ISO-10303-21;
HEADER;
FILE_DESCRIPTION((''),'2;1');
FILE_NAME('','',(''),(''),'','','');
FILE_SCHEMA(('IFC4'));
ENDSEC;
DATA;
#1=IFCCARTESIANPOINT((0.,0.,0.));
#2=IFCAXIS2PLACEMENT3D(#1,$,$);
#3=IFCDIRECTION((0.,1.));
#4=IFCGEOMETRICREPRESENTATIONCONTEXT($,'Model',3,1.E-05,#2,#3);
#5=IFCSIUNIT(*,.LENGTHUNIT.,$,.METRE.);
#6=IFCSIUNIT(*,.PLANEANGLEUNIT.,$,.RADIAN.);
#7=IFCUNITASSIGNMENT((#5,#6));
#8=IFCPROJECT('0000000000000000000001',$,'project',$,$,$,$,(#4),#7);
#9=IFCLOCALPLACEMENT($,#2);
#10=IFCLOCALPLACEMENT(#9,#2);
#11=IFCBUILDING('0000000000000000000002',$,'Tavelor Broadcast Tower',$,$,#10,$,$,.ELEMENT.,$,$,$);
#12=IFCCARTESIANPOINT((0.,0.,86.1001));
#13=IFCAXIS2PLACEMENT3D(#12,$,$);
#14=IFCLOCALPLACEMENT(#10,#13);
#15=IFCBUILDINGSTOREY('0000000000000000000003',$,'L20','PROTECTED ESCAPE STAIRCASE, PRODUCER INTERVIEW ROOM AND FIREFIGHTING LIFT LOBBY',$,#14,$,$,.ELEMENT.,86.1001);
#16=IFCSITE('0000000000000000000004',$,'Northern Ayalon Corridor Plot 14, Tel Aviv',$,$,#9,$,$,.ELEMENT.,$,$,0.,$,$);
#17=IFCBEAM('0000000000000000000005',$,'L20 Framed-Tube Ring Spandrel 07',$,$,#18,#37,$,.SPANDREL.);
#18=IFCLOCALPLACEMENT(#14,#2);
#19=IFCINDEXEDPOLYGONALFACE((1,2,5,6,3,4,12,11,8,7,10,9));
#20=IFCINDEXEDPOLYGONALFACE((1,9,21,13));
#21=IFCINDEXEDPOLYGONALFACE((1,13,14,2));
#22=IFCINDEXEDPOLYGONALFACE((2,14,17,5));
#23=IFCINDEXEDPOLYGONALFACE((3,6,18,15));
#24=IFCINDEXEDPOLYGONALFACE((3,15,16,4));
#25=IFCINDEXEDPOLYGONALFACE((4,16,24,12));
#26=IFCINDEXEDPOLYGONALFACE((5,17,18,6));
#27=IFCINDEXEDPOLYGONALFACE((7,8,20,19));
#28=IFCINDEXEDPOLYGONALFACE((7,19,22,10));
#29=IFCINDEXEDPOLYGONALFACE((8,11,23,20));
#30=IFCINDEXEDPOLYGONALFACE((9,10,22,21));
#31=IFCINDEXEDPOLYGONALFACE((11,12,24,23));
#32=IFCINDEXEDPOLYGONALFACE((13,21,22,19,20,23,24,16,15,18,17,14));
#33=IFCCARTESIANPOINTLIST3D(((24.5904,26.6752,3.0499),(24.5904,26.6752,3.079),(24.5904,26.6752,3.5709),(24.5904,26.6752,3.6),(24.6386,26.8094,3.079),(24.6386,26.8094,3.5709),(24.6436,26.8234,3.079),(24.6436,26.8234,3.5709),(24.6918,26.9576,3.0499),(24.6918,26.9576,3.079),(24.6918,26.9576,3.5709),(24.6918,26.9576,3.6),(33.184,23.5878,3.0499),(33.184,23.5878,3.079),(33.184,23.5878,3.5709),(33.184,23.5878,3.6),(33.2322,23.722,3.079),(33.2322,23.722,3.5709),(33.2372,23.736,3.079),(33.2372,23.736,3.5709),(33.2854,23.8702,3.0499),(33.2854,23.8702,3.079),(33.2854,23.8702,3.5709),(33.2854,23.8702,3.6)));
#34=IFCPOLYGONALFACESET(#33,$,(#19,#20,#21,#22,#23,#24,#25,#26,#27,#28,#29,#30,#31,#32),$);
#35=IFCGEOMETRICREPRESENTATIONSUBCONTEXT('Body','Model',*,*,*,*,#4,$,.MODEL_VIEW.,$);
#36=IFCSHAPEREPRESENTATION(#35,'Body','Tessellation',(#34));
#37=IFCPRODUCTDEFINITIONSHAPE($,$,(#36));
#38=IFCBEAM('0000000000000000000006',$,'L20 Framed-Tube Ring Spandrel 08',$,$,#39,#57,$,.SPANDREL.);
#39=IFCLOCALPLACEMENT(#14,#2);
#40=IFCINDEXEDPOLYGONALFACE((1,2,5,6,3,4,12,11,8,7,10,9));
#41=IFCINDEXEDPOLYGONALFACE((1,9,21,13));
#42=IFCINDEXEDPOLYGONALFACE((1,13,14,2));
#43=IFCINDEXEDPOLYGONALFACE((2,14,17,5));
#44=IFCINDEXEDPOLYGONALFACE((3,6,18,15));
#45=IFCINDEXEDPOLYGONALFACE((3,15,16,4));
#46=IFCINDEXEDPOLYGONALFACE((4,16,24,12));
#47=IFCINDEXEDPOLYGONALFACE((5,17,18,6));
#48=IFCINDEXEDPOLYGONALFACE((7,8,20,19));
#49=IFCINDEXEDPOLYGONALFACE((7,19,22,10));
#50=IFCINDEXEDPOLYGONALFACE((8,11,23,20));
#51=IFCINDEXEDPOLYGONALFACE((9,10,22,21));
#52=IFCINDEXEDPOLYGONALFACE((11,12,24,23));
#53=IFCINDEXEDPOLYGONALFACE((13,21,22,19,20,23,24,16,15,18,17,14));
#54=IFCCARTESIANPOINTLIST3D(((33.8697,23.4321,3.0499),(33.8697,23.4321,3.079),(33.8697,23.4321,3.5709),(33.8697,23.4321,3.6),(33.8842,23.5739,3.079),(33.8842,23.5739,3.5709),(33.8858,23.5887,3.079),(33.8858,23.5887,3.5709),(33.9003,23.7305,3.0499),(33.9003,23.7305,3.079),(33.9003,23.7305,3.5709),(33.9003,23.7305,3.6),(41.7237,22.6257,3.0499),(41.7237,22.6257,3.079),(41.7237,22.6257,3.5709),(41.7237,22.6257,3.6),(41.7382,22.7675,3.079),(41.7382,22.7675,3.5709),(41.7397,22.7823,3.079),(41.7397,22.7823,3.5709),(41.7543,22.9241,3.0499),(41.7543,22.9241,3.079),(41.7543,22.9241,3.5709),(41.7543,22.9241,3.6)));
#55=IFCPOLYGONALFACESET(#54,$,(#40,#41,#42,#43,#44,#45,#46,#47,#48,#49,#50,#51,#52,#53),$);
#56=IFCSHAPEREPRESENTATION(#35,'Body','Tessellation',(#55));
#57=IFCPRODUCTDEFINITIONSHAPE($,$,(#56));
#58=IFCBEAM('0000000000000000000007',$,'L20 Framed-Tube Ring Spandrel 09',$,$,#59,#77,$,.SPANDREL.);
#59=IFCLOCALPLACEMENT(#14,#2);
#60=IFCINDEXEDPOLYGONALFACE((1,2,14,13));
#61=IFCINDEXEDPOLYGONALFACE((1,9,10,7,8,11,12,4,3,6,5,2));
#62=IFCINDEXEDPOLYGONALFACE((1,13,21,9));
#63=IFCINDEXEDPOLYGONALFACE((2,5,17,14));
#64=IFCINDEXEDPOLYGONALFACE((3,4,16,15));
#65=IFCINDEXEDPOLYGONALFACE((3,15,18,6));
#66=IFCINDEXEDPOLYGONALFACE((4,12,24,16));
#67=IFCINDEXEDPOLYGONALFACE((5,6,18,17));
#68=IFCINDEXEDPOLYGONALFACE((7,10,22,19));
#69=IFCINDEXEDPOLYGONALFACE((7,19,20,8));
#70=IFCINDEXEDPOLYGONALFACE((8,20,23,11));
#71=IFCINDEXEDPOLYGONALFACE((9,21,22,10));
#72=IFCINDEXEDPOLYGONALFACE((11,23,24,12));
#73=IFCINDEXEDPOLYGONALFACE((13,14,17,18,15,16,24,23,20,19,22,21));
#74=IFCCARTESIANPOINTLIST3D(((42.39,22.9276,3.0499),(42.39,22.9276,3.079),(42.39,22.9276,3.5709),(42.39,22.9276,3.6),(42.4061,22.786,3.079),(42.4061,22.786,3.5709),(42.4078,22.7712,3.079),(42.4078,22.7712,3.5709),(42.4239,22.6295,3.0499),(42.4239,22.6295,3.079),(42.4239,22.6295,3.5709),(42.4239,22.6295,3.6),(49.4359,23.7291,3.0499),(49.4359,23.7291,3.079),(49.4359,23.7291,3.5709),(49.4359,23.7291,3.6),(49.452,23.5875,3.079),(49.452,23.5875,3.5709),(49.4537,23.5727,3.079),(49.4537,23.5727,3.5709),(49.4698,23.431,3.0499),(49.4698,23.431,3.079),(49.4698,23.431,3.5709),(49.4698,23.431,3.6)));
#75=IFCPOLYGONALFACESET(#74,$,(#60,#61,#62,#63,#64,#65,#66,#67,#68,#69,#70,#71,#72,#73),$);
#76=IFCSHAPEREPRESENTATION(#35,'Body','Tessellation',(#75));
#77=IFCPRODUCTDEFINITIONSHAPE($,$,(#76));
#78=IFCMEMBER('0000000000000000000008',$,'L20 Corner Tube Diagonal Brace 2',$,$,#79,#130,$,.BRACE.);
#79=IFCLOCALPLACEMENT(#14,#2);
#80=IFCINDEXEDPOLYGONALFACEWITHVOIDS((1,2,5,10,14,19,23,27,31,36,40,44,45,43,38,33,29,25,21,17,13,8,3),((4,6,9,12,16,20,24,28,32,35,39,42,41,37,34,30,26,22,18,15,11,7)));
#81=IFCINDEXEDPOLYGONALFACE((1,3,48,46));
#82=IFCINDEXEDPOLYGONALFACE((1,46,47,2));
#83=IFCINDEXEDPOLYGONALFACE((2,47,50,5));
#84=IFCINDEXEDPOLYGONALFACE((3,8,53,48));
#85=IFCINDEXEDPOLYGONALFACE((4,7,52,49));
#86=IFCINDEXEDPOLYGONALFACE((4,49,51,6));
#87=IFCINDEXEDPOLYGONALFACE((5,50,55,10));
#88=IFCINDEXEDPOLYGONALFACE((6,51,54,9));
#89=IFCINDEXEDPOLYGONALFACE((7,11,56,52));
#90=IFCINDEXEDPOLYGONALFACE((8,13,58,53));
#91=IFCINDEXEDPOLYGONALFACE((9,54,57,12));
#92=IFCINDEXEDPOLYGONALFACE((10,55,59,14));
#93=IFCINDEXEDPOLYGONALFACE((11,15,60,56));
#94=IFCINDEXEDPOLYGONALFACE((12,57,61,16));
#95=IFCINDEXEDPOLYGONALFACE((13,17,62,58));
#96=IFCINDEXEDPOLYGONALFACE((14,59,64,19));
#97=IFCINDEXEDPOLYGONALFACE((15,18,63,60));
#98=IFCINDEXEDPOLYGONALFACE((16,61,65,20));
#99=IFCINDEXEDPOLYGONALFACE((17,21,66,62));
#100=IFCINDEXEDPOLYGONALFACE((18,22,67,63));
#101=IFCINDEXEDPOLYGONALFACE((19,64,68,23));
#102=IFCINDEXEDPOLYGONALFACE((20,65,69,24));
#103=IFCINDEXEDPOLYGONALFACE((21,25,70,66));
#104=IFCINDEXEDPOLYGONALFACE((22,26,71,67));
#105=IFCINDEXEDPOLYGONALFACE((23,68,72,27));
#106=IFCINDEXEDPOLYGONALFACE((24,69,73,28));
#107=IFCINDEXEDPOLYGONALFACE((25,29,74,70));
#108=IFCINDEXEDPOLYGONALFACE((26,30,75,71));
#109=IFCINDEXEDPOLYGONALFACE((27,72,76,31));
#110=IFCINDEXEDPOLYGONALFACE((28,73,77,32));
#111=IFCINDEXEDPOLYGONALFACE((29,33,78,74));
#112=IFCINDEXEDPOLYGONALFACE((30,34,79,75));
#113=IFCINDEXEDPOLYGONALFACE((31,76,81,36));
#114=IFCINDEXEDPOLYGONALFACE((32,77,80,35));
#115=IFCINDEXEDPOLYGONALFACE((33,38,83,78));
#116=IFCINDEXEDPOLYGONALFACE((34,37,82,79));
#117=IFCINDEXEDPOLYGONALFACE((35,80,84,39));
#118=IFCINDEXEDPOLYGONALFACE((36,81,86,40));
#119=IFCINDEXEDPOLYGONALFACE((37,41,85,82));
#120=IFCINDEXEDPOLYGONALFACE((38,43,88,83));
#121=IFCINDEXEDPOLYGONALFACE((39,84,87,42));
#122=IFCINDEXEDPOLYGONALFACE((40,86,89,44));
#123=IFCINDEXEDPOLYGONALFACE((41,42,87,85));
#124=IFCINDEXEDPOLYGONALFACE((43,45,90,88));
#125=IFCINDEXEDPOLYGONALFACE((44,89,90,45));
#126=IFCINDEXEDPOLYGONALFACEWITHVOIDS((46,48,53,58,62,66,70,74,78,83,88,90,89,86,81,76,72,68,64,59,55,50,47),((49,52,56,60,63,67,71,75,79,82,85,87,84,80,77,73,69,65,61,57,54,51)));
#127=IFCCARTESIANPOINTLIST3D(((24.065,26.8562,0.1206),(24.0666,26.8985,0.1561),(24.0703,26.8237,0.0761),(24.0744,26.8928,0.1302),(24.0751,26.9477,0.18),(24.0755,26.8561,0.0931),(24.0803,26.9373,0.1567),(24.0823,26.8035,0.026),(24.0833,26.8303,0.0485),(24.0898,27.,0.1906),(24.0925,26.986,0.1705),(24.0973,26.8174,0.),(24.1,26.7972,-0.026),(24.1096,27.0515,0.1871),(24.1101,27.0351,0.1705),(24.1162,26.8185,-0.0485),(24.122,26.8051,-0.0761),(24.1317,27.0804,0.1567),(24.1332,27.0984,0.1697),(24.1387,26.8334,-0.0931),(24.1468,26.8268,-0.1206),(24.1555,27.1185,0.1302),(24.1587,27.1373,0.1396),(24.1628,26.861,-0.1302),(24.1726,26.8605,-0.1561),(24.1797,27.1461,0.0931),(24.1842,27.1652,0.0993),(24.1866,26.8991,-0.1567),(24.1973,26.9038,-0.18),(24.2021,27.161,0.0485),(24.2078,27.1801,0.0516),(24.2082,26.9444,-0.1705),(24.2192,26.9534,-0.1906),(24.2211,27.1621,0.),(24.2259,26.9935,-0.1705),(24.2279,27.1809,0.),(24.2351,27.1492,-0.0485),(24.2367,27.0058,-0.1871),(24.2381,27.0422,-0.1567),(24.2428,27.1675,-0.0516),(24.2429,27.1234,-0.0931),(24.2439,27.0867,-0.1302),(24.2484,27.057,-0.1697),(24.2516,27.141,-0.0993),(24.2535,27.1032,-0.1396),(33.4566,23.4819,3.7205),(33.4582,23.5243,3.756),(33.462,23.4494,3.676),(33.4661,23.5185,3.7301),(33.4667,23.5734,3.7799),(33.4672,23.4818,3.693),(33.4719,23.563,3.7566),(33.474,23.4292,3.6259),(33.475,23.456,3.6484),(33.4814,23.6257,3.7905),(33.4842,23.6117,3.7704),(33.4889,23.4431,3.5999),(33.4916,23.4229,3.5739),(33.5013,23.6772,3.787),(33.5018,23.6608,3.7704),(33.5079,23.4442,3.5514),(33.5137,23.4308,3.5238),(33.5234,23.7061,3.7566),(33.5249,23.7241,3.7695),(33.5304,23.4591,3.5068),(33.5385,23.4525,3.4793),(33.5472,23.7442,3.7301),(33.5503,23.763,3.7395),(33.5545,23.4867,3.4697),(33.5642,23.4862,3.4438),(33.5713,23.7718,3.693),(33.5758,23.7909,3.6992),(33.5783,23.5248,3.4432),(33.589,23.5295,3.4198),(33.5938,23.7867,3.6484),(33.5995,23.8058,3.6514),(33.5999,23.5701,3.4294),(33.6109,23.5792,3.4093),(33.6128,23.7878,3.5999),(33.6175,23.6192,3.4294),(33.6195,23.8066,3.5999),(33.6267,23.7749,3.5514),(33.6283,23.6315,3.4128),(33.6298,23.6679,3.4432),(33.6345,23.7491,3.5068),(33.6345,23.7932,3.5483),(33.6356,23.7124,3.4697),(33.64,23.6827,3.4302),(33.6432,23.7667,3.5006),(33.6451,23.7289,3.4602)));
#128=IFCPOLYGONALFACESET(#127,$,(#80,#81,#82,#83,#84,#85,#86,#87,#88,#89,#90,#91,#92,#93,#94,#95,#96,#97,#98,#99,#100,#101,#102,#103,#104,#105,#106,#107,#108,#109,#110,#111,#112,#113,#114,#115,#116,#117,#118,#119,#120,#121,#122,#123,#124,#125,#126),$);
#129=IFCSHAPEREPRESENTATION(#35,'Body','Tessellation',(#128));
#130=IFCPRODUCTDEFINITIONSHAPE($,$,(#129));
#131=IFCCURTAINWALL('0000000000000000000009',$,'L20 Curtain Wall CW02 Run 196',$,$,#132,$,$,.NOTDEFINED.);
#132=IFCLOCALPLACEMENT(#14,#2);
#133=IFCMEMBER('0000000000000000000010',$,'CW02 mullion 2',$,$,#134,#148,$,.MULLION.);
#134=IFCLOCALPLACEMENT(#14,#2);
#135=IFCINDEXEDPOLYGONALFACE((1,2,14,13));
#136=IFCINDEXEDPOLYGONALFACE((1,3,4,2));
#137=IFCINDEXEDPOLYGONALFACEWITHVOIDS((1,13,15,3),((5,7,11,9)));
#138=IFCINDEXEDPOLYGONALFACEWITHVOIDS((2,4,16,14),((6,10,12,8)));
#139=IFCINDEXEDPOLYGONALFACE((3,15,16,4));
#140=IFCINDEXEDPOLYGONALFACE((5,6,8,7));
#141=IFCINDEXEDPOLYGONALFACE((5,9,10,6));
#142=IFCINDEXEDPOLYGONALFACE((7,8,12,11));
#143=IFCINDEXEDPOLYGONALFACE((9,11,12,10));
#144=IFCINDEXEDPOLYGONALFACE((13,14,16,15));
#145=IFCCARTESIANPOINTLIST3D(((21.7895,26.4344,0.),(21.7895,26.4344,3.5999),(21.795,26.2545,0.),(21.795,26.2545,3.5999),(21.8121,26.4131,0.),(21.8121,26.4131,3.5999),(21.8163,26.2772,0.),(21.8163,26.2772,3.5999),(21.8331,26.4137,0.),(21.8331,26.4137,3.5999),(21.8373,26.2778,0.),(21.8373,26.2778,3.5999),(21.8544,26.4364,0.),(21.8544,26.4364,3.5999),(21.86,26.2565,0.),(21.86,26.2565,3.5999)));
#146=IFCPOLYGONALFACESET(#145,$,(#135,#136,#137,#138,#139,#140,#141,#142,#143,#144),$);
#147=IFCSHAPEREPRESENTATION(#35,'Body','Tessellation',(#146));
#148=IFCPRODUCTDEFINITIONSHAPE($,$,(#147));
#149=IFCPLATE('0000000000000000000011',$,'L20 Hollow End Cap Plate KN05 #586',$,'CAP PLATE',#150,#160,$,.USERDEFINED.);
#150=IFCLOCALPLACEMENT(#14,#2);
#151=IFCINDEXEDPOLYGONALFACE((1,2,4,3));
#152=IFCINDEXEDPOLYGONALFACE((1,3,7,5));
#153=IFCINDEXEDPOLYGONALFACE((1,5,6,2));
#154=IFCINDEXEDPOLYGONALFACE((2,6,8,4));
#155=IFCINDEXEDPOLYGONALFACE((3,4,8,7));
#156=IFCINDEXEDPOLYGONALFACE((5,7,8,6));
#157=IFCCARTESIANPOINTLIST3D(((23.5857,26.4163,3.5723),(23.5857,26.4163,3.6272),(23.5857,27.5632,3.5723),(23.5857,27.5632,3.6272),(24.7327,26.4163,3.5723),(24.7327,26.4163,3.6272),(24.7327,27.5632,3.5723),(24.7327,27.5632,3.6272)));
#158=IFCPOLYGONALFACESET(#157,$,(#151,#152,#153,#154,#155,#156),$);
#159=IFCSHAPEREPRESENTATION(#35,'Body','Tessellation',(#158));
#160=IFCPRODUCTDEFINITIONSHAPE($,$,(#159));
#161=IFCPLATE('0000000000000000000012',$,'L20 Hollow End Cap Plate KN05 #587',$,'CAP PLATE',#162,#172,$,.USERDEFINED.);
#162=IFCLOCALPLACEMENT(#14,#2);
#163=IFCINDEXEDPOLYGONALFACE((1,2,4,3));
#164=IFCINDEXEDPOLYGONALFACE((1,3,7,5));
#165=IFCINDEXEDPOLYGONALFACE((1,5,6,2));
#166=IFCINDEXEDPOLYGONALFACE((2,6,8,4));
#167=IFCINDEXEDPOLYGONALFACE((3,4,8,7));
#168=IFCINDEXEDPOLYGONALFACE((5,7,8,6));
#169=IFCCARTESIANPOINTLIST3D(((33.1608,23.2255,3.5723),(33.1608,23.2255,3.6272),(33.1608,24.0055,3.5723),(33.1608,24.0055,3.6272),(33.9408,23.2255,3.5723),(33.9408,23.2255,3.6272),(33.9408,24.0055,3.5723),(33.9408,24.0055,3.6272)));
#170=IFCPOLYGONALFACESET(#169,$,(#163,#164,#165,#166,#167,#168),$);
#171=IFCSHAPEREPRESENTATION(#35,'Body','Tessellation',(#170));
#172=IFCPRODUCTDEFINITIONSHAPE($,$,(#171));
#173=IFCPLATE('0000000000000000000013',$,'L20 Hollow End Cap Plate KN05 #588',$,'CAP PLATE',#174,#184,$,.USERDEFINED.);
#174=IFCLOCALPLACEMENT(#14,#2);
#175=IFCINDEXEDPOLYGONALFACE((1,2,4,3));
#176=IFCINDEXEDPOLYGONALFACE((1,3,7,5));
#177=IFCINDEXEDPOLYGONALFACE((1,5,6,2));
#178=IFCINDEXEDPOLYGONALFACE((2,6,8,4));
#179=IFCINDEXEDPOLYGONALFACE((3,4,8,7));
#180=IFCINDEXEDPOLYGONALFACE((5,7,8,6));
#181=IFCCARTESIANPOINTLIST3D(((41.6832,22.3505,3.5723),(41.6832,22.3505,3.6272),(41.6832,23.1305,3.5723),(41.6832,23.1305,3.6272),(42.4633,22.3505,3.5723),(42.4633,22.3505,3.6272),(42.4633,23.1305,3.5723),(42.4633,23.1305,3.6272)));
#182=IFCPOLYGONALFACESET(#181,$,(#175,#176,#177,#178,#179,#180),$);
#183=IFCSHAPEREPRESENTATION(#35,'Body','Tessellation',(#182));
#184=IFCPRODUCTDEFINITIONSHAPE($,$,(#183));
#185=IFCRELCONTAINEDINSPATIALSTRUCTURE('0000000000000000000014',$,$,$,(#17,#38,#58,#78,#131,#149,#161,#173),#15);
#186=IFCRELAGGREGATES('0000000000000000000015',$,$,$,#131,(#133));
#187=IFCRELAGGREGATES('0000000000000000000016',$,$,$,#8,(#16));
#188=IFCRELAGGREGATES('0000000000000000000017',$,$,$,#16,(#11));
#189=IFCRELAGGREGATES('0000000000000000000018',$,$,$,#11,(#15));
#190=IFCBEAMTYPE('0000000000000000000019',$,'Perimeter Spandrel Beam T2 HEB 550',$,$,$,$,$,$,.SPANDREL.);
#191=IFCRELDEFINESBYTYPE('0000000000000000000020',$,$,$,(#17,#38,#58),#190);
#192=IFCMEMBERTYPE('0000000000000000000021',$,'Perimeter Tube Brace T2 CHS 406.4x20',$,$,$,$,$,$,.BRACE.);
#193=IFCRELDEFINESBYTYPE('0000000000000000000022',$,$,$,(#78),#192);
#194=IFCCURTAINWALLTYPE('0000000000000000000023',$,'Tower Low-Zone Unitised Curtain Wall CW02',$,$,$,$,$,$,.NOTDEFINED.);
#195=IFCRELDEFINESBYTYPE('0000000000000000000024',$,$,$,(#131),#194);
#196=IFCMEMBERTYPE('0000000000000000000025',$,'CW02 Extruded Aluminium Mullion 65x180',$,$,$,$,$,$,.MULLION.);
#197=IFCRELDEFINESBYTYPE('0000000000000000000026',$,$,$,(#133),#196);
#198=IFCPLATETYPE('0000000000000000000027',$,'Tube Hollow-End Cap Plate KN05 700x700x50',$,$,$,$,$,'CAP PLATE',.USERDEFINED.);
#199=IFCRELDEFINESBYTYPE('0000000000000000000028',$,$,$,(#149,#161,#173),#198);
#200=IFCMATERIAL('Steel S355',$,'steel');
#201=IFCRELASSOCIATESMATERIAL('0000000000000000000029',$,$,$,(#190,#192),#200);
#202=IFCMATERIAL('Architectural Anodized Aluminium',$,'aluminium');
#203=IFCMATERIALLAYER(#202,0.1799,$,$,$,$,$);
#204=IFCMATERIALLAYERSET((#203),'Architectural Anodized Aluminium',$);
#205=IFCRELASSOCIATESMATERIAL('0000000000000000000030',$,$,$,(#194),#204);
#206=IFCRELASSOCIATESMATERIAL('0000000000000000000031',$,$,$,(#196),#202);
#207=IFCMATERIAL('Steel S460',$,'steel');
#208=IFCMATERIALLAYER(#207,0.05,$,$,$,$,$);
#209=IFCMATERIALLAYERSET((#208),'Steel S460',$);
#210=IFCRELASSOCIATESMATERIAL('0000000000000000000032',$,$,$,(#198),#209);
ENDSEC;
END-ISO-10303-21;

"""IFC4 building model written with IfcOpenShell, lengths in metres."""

from ifc_helpers import new_model, si_unit, direction, frame, origin, origin_2d, place, context, subcontext, project, spatial, rectangle, hollow_rectangle, hollow_circle, i_section, extrude, source, transform, mapped, material, layer, layer_set, material_profile, profile_set, type_object, type_shapes, element, aggregate, save


model = new_model("IFC4")

# Units and contexts
model_context = context("Model", 3, precision=1e-05, world=origin(), true_north=direction((0.0, 1.0)))
body_context = subcontext(model_context, "Body", "Model", "MODEL_VIEW")
ifc_project = project(units=[si_unit("LENGTHUNIT", "METRE"), si_unit("PLANEANGLEUNIT", "RADIAN")], contexts=[model_context])

# Site, building, storey
site_placement = place(None, origin())
site = spatial("IfcSite", under=ifc_project, at=site_placement, Name="Northern Ayalon Corridor Plot 14, Tel Aviv", CompositionType="ELEMENT", RefElevation=0.0)
building_placement = place(site_placement, origin())
building = spatial("IfcBuilding", under=site, at=building_placement, Name="Tavelor Broadcast Tower", CompositionType="ELEMENT")
storey_placement = place(building_placement, frame((0.0, 0.0, 86.1001)))
storey = spatial("IfcBuildingStorey", under=building, at=storey_placement, Name="L20", Description="PROTECTED ESCAPE STAIRCASE, PRODUCER INTERVIEW ROOM AND FIREFIGHTING LIFT LOBBY", CompositionType="ELEMENT", Elevation=86.1001)

# Shared definitions
ifc_material_1 = material(Name="Steel S460", Category="steel")

# Beams
ifc_material_2 = material(Name="Steel S355", Category="steel")
ifc_material_profile_1 = material_profile(ifc_material_2, i_section(OverallWidth=0.3, OverallDepth=0.55, WebThickness=0.0149, FlangeThickness=0.0291, at=origin_2d()), Name="HEB 550")
ifc_profile_set_1 = profile_set([ifc_material_profile_1], Name="Steel S355")
beam_type_1 = type_object("IfcBeamType", Name="Perimeter Spandrel Beam T2 HEB 550", PredefinedType="SPANDREL", material=ifc_profile_set_1)
beam_1_placement = place(storey_placement, frame((24.6411, 26.8164, 3.325), z_axis=(0.941106, -0.338113, 0.0), x_axis=(0.338113, 0.941106, 0.0)))
element("IfcBeam", 1, at=beam_1_placement, inside=storey, type_object=beam_type_1, Name="L20 Framed-Tube Ring Spandrel 07", PredefinedType="SPANDREL", context=body_context, shape_type="SweptSolid", body=[
    extrude(i_section(OverallWidth=0.3, OverallDepth=0.55, WebThickness=0.0149, FlangeThickness=0.0291, at=origin_2d()), origin(), (0.0, 0.0, 1.0), 9.1313),
])
beam_2_placement = place(storey_placement, frame((33.885, 23.5813, 3.325), z_axis=(0.99477, -0.102136, 0.0), x_axis=(0.102136, 0.99477, 0.0)))
element("IfcBeam", 2, at=beam_2_placement, inside=storey, type_object=beam_type_1, Name="L20 Framed-Tube Ring Spandrel 08", PredefinedType="SPANDREL", context=body_context, shape_type="SweptSolid", body=[
    extrude(i_section(OverallWidth=0.3, OverallDepth=0.55, WebThickness=0.0149, FlangeThickness=0.0291, at=origin_2d()), origin(), (0.0, 0.0, 1.0), 7.8953),
])
beam_3_placement = place(storey_placement, frame((42.407, 22.7786, 3.325), z_axis=(0.993592, 0.113027, 0.0), x_axis=(-0.113027, 0.993592, 0.0)))
element("IfcBeam", 3, at=beam_3_placement, inside=storey, type_object=beam_type_1, Name="L20 Framed-Tube Ring Spandrel 09", PredefinedType="SPANDREL", context=body_context, shape_type="SweptSolid", body=[
    extrude(i_section(OverallWidth=0.3, OverallDepth=0.55, WebThickness=0.0149, FlangeThickness=0.0291, at=origin_2d()), origin(), (0.0, 0.0, 1.0), 7.0913),
])

# Member
ifc_material_profile_2 = material_profile(ifc_material_2, hollow_circle(Radius=0.2031, WallThickness=0.02, at=origin_2d()), Name="CHS 406.4x20")
ifc_profile_set_2 = profile_set([ifc_material_profile_2], Name="Steel S355")
member_type_1 = type_object("IfcMemberType", Name="Perimeter Tube Brace T2 CHS 406.4x20", PredefinedType="BRACE", material=ifc_profile_set_2)
member_1_placement = place(storey_placement, frame((24.1592, 26.9897, 0.0), z_axis=(0.885265, -0.318063, 0.339327), x_axis=(0.338124, 0.941101, 0.0)))
element("IfcMember", 4, at=member_1_placement, inside=storey, type_object=member_type_1, Name="L20 Corner Tube Diagonal Brace 2", PredefinedType="BRACE", context=body_context, shape_type="SweptSolid", body=[
    extrude(hollow_circle(Radius=0.2031, WallThickness=0.02, at=origin_2d()), origin(), (0.0, 0.0, 1.0), 10.6089),
])

# Curtain wall, member
ifc_material_3 = material(Name="Architectural Anodized Aluminium", Category="aluminium")
ifc_layer_1 = layer(ifc_material_3, 0.1799)
ifc_layer_set_1 = layer_set([ifc_layer_1], Name="Architectural Anodized Aluminium")
curtain_wall_type = type_object("IfcCurtainWallType", Name="Tower Low-Zone Unitised Curtain Wall CW02", PredefinedType="NOTDEFINED", material=ifc_layer_set_1)
curtain_wall_placement = place(storey_placement, origin())
curtain_wall = element("IfcCurtainWall", 5, at=curtain_wall_placement, inside=storey, type_object=curtain_wall_type, Name="L20 Curtain Wall CW02 Run 196", PredefinedType="NOTDEFINED")
ifc_material_profile_3 = material_profile(ifc_material_3, hollow_rectangle(XDim=0.0649, YDim=0.1799, WallThickness=0.022, at=origin_2d()), Name="RHS 65x180x22")
ifc_profile_set_3 = profile_set([ifc_material_profile_3], Name="Architectural Anodized Aluminium")
member_type_2 = type_object("IfcMemberType", Name="CW02 Extruded Aluminium Mullion 65x180", PredefinedType="MULLION", material=ifc_profile_set_3)
shared_shape_1 = source(origin(), body_context, "Body", "SweptSolid", [
    extrude(hollow_rectangle(XDim=0.0649, YDim=0.1799, WallThickness=0.022, at=origin_2d()), origin(), (0.0, 0.0, 1.0), 3.5999),
])
type_shapes(member_type_2, [shared_shape_1])
member_2_placement = place(storey_placement, frame((21.8247, 26.3455, 0.0), z_axis=(0.0, 0.0, 1.0), x_axis=(0.999519, 0.031003, 0.0)))
member_2 = element("IfcMember", 6, at=member_2_placement, type_object=member_type_2, Name="CW02 mullion 2", PredefinedType="MULLION", context=body_context, shape_type="MappedRepresentation", body=[
    mapped(shared_shape_1, transform((0.0, 0.0, 0.0), scale=1.0)),
])

# Plates
ifc_layer_2 = layer(ifc_material_1, 0.05)
ifc_layer_set_2 = layer_set([ifc_layer_2], Name="Steel S460")
plate_type_1 = type_object("IfcPlateType", Name="Tube Hollow-End Cap Plate KN05 700x700x50", ElementType="CAP PLATE", PredefinedType="USERDEFINED", material=ifc_layer_set_2)
shared_shape_2 = source(origin(), body_context, "Body", "SweptSolid", [
    extrude(rectangle(XDim=1.147, YDim=1.147, at=origin_2d()), origin(), (0.0, 0.0, 1.0), 0.0549),
])
plate_1_placement = place(storey_placement, frame((24.1592, 26.9897, 3.5723), z_axis=(0.0, 0.0, 1.0), x_axis=(1.0, 0.0, 0.0)))
element("IfcPlate", 7, at=plate_1_placement, inside=storey, type_object=plate_type_1, Name="L20 Hollow End Cap Plate KN05 #586", ObjectType="CAP PLATE", PredefinedType="USERDEFINED", context=body_context, shape_type="MappedRepresentation", body=[
    mapped(shared_shape_2, transform((0.0, 0.0, 0.0), scale=1.0)),
])
shared_shape_3 = source(origin(), body_context, "Body", "SweptSolid", [
    extrude(rectangle(XDim=0.78, YDim=0.78, at=origin_2d()), origin(), (0.0, 0.0, 1.0), 0.0549),
])
type_shapes(plate_type_1, [shared_shape_2, shared_shape_3])
for number, where, z_axis, x_axis, name in (
    (8, (33.5508, 23.6155, 3.5723), (0.0, 0.0, 1.0), (1.0, 0.0, 0.0), "L20 Hollow End Cap Plate KN05 #587"),
    (9, (42.0732, 22.7405, 3.5723), (0.0, 0.0, 1.0), (1.0, 0.0, 0.0), "L20 Hollow End Cap Plate KN05 #588"),
):
    element("IfcPlate", number, at=place(storey_placement, frame(where, z_axis=z_axis, x_axis=x_axis)), inside=storey, type_object=plate_type_1, Name=name, ObjectType="CAP PLATE", PredefinedType="USERDEFINED", context=body_context, shape_type="MappedRepresentation", body=[
        mapped(shared_shape_3, transform((0.0, 0.0, 0.0), scale=1.0)),
    ])

aggregate(curtain_wall, [member_2])

save(model, "model.ifc")
